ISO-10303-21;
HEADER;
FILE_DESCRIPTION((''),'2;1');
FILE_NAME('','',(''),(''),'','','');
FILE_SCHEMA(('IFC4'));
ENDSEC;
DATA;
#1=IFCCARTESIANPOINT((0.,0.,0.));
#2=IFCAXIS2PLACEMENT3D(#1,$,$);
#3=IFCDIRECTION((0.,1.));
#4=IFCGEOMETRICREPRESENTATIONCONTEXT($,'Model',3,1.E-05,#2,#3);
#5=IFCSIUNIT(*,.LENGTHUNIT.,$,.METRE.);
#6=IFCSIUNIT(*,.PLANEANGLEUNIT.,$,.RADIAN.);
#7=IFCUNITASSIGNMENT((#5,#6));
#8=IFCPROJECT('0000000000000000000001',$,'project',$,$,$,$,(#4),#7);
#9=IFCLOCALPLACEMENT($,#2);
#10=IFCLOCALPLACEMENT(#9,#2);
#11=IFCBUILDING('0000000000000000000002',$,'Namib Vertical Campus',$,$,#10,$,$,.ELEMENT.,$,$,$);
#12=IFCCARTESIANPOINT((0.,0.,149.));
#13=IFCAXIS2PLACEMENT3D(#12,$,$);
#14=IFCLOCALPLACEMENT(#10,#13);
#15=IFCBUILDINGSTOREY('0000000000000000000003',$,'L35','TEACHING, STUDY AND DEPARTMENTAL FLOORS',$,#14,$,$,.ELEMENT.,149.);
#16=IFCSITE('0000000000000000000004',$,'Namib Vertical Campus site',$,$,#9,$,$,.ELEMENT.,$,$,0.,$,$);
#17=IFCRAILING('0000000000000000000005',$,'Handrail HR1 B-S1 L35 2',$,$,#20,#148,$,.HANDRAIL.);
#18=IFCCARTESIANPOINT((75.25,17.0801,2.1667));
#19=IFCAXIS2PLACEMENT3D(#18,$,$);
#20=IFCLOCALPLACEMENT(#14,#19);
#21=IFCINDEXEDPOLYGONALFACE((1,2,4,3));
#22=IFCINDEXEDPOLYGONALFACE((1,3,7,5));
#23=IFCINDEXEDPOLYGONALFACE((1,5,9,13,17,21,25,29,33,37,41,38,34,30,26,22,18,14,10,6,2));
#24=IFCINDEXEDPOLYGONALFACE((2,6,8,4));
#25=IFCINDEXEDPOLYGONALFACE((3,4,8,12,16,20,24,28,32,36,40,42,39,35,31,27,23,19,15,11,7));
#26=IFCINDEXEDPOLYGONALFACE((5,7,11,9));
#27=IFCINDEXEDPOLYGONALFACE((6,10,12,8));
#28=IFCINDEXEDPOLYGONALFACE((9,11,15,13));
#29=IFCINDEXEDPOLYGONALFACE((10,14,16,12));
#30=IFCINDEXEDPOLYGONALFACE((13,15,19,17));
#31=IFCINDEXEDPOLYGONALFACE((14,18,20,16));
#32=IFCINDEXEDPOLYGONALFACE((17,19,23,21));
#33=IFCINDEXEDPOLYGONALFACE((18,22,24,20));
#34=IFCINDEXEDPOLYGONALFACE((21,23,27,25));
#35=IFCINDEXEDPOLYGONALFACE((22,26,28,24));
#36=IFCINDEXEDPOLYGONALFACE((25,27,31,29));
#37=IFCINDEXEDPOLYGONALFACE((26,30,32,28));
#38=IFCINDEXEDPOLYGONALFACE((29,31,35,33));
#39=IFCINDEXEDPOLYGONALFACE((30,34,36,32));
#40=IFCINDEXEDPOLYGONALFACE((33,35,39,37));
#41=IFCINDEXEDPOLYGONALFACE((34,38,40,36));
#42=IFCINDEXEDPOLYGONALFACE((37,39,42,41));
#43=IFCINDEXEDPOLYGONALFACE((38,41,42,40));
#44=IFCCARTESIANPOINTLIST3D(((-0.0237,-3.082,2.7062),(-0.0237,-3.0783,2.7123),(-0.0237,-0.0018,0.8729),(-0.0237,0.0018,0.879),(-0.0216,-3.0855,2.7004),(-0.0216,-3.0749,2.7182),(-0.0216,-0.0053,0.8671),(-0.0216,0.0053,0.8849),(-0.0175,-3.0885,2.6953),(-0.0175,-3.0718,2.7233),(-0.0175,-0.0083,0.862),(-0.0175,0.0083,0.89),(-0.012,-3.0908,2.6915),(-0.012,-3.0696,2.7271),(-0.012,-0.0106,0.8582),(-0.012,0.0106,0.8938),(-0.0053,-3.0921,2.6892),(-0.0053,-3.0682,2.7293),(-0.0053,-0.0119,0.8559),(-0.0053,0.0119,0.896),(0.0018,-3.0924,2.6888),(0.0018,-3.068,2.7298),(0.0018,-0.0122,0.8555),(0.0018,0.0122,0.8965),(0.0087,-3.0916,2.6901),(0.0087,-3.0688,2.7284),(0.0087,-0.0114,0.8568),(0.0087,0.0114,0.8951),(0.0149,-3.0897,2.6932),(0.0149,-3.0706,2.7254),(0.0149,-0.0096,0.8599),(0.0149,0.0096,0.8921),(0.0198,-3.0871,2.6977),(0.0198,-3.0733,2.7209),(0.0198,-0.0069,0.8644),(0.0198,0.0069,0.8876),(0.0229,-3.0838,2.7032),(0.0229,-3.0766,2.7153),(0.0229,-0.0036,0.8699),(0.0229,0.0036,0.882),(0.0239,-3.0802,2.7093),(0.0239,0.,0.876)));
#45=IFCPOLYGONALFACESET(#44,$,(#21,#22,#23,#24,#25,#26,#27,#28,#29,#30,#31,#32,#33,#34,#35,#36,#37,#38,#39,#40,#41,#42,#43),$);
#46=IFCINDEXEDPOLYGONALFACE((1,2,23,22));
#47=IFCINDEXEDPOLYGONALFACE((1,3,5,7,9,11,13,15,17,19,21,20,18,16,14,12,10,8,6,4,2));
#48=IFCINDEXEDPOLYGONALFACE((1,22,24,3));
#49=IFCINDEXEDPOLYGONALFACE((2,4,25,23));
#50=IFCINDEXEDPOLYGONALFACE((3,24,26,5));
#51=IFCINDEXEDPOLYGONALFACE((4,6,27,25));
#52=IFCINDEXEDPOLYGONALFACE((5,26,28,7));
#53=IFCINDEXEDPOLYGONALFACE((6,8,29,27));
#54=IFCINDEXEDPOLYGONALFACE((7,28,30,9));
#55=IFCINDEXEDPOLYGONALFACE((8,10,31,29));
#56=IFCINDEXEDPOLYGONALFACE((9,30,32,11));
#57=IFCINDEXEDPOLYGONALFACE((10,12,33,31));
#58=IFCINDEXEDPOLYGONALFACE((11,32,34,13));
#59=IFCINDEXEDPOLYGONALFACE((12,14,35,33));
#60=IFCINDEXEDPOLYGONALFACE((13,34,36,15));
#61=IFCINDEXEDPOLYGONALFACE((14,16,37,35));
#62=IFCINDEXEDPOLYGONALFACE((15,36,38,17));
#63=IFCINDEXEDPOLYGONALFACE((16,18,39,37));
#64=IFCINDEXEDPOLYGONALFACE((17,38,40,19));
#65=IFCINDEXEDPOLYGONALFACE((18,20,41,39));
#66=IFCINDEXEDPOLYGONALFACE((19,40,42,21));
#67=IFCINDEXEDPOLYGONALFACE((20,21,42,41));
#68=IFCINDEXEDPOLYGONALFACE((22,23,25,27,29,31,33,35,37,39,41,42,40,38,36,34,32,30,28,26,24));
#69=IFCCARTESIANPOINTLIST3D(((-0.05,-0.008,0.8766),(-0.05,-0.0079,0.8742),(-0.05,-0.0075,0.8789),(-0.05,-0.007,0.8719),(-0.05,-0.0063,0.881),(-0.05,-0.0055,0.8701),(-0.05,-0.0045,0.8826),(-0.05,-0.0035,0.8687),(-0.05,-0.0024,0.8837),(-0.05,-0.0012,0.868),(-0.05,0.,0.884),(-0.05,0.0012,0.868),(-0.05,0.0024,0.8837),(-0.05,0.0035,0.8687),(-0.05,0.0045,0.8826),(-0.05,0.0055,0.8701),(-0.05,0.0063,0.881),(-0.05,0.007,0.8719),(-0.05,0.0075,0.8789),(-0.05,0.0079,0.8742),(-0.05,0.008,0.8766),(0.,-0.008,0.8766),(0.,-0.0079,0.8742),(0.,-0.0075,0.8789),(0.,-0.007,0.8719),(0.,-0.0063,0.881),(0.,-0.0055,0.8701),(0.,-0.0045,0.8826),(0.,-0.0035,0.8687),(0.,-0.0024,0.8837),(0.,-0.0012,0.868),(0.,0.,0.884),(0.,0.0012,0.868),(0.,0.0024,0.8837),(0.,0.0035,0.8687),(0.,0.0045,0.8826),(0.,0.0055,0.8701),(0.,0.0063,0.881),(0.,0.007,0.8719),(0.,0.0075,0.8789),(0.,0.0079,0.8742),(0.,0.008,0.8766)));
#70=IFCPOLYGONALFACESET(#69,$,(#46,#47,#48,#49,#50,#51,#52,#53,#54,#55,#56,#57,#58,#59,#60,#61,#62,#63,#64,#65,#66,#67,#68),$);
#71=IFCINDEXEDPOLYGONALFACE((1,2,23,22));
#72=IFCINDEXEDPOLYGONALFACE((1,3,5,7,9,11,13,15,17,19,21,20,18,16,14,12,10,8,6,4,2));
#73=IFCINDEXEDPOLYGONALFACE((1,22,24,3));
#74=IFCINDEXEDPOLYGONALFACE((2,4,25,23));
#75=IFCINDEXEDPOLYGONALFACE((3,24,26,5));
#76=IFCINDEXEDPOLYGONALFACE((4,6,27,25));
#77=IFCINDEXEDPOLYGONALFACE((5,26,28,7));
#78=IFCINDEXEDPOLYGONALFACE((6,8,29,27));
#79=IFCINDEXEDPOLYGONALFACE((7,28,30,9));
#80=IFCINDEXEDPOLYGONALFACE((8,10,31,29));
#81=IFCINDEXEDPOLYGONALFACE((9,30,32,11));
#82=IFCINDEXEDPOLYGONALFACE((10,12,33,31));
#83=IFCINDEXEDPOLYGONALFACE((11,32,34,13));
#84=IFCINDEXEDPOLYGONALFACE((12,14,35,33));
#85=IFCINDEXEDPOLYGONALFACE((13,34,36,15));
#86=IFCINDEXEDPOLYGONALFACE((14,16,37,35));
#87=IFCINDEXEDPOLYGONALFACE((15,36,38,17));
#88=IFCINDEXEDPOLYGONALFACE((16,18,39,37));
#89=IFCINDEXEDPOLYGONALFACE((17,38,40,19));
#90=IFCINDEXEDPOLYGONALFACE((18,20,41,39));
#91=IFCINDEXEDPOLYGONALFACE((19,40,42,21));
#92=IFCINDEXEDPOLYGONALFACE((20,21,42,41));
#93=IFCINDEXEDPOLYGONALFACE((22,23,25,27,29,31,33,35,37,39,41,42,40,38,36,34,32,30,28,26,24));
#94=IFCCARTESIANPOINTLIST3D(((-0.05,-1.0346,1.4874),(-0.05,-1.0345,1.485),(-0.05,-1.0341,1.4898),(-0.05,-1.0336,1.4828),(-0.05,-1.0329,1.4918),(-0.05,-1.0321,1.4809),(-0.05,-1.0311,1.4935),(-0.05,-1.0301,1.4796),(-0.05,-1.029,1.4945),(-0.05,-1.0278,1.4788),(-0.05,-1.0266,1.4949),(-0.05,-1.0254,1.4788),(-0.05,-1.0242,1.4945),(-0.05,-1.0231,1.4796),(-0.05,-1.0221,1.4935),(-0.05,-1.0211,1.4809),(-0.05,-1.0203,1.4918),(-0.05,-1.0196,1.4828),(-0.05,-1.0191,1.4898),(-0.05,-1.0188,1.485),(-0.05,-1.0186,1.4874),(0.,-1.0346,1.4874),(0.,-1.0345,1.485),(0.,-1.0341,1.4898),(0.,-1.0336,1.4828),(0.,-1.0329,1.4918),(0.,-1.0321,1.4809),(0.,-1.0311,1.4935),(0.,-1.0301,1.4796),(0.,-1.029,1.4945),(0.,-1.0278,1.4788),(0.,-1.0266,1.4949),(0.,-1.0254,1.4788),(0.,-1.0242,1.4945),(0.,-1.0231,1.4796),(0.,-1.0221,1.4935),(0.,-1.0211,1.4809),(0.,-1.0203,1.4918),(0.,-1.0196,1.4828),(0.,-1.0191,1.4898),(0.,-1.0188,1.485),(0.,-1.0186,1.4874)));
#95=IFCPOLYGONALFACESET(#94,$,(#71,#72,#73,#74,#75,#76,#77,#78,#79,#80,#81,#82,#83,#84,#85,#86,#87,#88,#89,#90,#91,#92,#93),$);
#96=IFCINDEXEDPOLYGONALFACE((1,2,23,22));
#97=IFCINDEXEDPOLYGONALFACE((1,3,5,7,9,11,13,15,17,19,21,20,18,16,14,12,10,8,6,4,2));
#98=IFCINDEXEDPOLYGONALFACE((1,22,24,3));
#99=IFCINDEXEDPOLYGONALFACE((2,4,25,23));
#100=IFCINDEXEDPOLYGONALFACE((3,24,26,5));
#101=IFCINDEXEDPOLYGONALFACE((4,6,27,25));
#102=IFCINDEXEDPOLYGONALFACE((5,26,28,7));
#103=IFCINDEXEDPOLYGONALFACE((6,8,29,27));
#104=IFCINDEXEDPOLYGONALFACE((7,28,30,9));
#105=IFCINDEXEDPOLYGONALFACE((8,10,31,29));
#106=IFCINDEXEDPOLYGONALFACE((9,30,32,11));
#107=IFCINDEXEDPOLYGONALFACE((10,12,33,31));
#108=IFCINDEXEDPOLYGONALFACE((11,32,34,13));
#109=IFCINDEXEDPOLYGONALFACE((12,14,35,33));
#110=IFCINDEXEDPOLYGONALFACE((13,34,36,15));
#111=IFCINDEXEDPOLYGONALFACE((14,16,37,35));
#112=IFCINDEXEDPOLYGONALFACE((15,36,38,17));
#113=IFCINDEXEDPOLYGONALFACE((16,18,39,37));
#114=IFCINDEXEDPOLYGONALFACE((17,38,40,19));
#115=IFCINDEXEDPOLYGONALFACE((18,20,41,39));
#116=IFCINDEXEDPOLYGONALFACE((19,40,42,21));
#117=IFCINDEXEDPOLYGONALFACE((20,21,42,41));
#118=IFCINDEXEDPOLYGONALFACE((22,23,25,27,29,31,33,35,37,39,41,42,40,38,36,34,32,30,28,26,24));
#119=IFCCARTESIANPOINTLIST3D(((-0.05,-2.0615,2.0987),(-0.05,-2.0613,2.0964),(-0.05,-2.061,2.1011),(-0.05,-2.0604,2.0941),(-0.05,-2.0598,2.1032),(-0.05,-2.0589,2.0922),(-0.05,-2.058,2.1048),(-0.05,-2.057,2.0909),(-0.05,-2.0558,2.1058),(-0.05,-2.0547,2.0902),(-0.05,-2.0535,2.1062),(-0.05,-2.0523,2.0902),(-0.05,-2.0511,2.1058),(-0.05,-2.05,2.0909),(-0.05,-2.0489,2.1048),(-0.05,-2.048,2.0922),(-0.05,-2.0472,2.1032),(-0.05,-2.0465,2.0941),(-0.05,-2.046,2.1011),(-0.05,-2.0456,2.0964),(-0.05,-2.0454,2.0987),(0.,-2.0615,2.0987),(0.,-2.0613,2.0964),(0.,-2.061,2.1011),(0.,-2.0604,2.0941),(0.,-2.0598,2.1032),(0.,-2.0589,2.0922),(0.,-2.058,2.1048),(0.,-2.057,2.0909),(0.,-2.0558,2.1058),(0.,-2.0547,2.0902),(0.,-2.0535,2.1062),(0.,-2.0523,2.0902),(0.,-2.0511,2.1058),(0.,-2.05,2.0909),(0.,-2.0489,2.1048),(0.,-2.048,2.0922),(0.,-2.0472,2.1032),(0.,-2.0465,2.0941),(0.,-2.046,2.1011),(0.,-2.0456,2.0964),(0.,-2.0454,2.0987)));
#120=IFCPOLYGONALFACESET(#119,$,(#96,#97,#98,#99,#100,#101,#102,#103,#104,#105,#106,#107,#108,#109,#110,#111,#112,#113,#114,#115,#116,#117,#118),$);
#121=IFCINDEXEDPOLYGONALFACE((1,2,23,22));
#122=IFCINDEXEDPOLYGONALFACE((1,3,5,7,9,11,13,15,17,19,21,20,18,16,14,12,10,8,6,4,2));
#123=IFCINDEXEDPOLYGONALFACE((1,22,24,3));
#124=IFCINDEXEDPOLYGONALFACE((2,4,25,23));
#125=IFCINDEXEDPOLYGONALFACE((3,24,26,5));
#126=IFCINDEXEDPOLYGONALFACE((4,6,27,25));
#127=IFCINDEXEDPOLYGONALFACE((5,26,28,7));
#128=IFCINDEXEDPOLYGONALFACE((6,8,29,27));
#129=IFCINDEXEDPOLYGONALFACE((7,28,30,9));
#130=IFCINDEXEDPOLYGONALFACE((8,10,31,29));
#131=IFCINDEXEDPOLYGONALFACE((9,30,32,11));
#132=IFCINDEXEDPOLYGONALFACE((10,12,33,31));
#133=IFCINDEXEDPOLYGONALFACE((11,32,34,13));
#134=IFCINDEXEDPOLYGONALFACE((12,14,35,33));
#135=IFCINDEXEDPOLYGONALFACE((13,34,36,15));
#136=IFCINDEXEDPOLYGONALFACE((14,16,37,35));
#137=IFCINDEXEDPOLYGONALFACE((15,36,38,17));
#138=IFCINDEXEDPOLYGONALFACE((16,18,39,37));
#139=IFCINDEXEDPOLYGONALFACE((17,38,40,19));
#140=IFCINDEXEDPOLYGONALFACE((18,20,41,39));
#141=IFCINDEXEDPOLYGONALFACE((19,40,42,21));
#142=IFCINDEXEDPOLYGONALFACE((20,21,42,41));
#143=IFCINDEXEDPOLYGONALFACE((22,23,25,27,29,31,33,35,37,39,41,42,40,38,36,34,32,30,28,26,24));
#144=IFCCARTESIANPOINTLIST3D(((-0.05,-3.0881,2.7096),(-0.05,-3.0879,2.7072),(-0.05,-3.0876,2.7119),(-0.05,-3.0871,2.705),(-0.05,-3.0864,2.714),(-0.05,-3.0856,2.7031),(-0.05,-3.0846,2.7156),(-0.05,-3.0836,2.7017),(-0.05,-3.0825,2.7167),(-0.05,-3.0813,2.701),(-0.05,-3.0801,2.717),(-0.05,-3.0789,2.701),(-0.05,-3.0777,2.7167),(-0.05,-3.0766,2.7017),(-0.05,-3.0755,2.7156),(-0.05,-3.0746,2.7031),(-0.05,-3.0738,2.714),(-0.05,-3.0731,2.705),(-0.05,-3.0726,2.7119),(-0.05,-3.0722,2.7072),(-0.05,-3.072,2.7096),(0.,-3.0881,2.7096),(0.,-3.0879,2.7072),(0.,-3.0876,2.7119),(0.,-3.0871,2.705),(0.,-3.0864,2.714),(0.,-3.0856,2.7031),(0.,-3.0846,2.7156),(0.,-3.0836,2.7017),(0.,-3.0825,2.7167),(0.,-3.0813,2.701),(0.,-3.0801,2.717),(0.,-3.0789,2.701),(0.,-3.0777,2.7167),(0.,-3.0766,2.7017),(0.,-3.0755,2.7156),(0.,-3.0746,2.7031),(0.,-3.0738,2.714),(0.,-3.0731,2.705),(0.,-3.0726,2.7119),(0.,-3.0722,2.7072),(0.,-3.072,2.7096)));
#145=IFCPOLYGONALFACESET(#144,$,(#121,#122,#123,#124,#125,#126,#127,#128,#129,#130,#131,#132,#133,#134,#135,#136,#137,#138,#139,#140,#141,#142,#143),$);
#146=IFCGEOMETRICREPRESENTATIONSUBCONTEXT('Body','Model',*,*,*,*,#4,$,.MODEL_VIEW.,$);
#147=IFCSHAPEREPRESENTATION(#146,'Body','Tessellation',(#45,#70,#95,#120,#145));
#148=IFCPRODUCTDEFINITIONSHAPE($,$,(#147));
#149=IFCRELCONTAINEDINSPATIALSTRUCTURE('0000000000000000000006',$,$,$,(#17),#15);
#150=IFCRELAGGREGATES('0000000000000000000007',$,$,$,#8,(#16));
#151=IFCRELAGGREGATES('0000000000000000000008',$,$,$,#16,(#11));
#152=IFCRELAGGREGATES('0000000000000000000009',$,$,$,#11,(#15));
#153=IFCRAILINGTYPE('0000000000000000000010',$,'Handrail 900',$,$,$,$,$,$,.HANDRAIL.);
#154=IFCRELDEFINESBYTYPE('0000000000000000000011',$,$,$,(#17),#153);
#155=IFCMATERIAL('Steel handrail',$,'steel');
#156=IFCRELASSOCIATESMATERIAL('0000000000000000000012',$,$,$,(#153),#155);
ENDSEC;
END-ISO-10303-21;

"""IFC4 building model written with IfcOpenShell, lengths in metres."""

from ifc_helpers import new_model, si_unit, direction, frame, origin, origin_2d, place, context, subcontext, project, spatial, circle, extrude, material, type_object, element, save


model = new_model("IFC4")

# Units and contexts
model_context = context("Model", 3, precision=1e-05, world=origin(), true_north=direction((0.0, 1.0)))
body_context = subcontext(model_context, "Body", "Model", "MODEL_VIEW")
ifc_project = project(units=[si_unit("LENGTHUNIT", "METRE"), si_unit("PLANEANGLEUNIT", "RADIAN")], contexts=[model_context])

# Site, building, storey
site_placement = place(None, origin())
site = spatial("IfcSite", under=ifc_project, at=site_placement, Name="Namib Vertical Campus site", CompositionType="ELEMENT", RefElevation=0.0)
building_placement = place(site_placement, origin())
building = spatial("IfcBuilding", under=site, at=building_placement, Name="Namib Vertical Campus", CompositionType="ELEMENT")
storey_placement = place(building_placement, frame((0.0, 0.0, 149.0)))
storey = spatial("IfcBuildingStorey", under=building, at=storey_placement, Name="L35", Description="TEACHING, STUDY AND DEPARTMENTAL FLOORS", CompositionType="ELEMENT", Elevation=149.0)

# Railing
ifc_material_1 = material(Name="Steel handrail", Category="steel")
railing_type_1 = type_object("IfcRailingType", Name="Handrail 900", PredefinedType="HANDRAIL", material=ifc_material_1)
railing_1_placement = place(storey_placement, frame((75.25, 17.0801, 2.1667)))
element("IfcRailing", 1, at=railing_1_placement, inside=storey, type_object=railing_type_1, Name="Handrail HR1 B-S1 L35 2", PredefinedType="HANDRAIL", context=body_context, shape_type="SweptSolid", body=[
    extrude(circle(Radius=0.0239, at=origin_2d()), frame((0.0, 0.0, 0.876), z_axis=(0.0, -0.859309, 0.511458), x_axis=(1.0, 0.0, 0.0)), (0.0, 0.0, 1.0), 3.5845),
    extrude(circle(Radius=0.0081, at=origin_2d()), frame((0.0, 0.0, 0.876), z_axis=(-1.0, 0.0, 0.0), x_axis=(0.0, 0.0, 1.0)), (0.0, 0.0, 1.0), 0.05),
    extrude(circle(Radius=0.0081, at=origin_2d()), frame((0.0, -1.0266, 1.4868), z_axis=(-1.0, 0.0, 0.0), x_axis=(0.0, 0.0, 1.0)), (0.0, 0.0, 1.0), 0.05),
    extrude(circle(Radius=0.0081, at=origin_2d()), frame((0.0, -2.0535, 2.0981), z_axis=(-1.0, 0.0, 0.0), x_axis=(0.0, 0.0, 1.0)), (0.0, 0.0, 1.0), 0.05),
    extrude(circle(Radius=0.0081, at=origin_2d()), frame((0.0, -3.0801, 2.709), z_axis=(-1.0, 0.0, 0.0), x_axis=(0.0, 0.0, 1.0)), (0.0, 0.0, 1.0), 0.05),
])

save(model, "model.ifc")
